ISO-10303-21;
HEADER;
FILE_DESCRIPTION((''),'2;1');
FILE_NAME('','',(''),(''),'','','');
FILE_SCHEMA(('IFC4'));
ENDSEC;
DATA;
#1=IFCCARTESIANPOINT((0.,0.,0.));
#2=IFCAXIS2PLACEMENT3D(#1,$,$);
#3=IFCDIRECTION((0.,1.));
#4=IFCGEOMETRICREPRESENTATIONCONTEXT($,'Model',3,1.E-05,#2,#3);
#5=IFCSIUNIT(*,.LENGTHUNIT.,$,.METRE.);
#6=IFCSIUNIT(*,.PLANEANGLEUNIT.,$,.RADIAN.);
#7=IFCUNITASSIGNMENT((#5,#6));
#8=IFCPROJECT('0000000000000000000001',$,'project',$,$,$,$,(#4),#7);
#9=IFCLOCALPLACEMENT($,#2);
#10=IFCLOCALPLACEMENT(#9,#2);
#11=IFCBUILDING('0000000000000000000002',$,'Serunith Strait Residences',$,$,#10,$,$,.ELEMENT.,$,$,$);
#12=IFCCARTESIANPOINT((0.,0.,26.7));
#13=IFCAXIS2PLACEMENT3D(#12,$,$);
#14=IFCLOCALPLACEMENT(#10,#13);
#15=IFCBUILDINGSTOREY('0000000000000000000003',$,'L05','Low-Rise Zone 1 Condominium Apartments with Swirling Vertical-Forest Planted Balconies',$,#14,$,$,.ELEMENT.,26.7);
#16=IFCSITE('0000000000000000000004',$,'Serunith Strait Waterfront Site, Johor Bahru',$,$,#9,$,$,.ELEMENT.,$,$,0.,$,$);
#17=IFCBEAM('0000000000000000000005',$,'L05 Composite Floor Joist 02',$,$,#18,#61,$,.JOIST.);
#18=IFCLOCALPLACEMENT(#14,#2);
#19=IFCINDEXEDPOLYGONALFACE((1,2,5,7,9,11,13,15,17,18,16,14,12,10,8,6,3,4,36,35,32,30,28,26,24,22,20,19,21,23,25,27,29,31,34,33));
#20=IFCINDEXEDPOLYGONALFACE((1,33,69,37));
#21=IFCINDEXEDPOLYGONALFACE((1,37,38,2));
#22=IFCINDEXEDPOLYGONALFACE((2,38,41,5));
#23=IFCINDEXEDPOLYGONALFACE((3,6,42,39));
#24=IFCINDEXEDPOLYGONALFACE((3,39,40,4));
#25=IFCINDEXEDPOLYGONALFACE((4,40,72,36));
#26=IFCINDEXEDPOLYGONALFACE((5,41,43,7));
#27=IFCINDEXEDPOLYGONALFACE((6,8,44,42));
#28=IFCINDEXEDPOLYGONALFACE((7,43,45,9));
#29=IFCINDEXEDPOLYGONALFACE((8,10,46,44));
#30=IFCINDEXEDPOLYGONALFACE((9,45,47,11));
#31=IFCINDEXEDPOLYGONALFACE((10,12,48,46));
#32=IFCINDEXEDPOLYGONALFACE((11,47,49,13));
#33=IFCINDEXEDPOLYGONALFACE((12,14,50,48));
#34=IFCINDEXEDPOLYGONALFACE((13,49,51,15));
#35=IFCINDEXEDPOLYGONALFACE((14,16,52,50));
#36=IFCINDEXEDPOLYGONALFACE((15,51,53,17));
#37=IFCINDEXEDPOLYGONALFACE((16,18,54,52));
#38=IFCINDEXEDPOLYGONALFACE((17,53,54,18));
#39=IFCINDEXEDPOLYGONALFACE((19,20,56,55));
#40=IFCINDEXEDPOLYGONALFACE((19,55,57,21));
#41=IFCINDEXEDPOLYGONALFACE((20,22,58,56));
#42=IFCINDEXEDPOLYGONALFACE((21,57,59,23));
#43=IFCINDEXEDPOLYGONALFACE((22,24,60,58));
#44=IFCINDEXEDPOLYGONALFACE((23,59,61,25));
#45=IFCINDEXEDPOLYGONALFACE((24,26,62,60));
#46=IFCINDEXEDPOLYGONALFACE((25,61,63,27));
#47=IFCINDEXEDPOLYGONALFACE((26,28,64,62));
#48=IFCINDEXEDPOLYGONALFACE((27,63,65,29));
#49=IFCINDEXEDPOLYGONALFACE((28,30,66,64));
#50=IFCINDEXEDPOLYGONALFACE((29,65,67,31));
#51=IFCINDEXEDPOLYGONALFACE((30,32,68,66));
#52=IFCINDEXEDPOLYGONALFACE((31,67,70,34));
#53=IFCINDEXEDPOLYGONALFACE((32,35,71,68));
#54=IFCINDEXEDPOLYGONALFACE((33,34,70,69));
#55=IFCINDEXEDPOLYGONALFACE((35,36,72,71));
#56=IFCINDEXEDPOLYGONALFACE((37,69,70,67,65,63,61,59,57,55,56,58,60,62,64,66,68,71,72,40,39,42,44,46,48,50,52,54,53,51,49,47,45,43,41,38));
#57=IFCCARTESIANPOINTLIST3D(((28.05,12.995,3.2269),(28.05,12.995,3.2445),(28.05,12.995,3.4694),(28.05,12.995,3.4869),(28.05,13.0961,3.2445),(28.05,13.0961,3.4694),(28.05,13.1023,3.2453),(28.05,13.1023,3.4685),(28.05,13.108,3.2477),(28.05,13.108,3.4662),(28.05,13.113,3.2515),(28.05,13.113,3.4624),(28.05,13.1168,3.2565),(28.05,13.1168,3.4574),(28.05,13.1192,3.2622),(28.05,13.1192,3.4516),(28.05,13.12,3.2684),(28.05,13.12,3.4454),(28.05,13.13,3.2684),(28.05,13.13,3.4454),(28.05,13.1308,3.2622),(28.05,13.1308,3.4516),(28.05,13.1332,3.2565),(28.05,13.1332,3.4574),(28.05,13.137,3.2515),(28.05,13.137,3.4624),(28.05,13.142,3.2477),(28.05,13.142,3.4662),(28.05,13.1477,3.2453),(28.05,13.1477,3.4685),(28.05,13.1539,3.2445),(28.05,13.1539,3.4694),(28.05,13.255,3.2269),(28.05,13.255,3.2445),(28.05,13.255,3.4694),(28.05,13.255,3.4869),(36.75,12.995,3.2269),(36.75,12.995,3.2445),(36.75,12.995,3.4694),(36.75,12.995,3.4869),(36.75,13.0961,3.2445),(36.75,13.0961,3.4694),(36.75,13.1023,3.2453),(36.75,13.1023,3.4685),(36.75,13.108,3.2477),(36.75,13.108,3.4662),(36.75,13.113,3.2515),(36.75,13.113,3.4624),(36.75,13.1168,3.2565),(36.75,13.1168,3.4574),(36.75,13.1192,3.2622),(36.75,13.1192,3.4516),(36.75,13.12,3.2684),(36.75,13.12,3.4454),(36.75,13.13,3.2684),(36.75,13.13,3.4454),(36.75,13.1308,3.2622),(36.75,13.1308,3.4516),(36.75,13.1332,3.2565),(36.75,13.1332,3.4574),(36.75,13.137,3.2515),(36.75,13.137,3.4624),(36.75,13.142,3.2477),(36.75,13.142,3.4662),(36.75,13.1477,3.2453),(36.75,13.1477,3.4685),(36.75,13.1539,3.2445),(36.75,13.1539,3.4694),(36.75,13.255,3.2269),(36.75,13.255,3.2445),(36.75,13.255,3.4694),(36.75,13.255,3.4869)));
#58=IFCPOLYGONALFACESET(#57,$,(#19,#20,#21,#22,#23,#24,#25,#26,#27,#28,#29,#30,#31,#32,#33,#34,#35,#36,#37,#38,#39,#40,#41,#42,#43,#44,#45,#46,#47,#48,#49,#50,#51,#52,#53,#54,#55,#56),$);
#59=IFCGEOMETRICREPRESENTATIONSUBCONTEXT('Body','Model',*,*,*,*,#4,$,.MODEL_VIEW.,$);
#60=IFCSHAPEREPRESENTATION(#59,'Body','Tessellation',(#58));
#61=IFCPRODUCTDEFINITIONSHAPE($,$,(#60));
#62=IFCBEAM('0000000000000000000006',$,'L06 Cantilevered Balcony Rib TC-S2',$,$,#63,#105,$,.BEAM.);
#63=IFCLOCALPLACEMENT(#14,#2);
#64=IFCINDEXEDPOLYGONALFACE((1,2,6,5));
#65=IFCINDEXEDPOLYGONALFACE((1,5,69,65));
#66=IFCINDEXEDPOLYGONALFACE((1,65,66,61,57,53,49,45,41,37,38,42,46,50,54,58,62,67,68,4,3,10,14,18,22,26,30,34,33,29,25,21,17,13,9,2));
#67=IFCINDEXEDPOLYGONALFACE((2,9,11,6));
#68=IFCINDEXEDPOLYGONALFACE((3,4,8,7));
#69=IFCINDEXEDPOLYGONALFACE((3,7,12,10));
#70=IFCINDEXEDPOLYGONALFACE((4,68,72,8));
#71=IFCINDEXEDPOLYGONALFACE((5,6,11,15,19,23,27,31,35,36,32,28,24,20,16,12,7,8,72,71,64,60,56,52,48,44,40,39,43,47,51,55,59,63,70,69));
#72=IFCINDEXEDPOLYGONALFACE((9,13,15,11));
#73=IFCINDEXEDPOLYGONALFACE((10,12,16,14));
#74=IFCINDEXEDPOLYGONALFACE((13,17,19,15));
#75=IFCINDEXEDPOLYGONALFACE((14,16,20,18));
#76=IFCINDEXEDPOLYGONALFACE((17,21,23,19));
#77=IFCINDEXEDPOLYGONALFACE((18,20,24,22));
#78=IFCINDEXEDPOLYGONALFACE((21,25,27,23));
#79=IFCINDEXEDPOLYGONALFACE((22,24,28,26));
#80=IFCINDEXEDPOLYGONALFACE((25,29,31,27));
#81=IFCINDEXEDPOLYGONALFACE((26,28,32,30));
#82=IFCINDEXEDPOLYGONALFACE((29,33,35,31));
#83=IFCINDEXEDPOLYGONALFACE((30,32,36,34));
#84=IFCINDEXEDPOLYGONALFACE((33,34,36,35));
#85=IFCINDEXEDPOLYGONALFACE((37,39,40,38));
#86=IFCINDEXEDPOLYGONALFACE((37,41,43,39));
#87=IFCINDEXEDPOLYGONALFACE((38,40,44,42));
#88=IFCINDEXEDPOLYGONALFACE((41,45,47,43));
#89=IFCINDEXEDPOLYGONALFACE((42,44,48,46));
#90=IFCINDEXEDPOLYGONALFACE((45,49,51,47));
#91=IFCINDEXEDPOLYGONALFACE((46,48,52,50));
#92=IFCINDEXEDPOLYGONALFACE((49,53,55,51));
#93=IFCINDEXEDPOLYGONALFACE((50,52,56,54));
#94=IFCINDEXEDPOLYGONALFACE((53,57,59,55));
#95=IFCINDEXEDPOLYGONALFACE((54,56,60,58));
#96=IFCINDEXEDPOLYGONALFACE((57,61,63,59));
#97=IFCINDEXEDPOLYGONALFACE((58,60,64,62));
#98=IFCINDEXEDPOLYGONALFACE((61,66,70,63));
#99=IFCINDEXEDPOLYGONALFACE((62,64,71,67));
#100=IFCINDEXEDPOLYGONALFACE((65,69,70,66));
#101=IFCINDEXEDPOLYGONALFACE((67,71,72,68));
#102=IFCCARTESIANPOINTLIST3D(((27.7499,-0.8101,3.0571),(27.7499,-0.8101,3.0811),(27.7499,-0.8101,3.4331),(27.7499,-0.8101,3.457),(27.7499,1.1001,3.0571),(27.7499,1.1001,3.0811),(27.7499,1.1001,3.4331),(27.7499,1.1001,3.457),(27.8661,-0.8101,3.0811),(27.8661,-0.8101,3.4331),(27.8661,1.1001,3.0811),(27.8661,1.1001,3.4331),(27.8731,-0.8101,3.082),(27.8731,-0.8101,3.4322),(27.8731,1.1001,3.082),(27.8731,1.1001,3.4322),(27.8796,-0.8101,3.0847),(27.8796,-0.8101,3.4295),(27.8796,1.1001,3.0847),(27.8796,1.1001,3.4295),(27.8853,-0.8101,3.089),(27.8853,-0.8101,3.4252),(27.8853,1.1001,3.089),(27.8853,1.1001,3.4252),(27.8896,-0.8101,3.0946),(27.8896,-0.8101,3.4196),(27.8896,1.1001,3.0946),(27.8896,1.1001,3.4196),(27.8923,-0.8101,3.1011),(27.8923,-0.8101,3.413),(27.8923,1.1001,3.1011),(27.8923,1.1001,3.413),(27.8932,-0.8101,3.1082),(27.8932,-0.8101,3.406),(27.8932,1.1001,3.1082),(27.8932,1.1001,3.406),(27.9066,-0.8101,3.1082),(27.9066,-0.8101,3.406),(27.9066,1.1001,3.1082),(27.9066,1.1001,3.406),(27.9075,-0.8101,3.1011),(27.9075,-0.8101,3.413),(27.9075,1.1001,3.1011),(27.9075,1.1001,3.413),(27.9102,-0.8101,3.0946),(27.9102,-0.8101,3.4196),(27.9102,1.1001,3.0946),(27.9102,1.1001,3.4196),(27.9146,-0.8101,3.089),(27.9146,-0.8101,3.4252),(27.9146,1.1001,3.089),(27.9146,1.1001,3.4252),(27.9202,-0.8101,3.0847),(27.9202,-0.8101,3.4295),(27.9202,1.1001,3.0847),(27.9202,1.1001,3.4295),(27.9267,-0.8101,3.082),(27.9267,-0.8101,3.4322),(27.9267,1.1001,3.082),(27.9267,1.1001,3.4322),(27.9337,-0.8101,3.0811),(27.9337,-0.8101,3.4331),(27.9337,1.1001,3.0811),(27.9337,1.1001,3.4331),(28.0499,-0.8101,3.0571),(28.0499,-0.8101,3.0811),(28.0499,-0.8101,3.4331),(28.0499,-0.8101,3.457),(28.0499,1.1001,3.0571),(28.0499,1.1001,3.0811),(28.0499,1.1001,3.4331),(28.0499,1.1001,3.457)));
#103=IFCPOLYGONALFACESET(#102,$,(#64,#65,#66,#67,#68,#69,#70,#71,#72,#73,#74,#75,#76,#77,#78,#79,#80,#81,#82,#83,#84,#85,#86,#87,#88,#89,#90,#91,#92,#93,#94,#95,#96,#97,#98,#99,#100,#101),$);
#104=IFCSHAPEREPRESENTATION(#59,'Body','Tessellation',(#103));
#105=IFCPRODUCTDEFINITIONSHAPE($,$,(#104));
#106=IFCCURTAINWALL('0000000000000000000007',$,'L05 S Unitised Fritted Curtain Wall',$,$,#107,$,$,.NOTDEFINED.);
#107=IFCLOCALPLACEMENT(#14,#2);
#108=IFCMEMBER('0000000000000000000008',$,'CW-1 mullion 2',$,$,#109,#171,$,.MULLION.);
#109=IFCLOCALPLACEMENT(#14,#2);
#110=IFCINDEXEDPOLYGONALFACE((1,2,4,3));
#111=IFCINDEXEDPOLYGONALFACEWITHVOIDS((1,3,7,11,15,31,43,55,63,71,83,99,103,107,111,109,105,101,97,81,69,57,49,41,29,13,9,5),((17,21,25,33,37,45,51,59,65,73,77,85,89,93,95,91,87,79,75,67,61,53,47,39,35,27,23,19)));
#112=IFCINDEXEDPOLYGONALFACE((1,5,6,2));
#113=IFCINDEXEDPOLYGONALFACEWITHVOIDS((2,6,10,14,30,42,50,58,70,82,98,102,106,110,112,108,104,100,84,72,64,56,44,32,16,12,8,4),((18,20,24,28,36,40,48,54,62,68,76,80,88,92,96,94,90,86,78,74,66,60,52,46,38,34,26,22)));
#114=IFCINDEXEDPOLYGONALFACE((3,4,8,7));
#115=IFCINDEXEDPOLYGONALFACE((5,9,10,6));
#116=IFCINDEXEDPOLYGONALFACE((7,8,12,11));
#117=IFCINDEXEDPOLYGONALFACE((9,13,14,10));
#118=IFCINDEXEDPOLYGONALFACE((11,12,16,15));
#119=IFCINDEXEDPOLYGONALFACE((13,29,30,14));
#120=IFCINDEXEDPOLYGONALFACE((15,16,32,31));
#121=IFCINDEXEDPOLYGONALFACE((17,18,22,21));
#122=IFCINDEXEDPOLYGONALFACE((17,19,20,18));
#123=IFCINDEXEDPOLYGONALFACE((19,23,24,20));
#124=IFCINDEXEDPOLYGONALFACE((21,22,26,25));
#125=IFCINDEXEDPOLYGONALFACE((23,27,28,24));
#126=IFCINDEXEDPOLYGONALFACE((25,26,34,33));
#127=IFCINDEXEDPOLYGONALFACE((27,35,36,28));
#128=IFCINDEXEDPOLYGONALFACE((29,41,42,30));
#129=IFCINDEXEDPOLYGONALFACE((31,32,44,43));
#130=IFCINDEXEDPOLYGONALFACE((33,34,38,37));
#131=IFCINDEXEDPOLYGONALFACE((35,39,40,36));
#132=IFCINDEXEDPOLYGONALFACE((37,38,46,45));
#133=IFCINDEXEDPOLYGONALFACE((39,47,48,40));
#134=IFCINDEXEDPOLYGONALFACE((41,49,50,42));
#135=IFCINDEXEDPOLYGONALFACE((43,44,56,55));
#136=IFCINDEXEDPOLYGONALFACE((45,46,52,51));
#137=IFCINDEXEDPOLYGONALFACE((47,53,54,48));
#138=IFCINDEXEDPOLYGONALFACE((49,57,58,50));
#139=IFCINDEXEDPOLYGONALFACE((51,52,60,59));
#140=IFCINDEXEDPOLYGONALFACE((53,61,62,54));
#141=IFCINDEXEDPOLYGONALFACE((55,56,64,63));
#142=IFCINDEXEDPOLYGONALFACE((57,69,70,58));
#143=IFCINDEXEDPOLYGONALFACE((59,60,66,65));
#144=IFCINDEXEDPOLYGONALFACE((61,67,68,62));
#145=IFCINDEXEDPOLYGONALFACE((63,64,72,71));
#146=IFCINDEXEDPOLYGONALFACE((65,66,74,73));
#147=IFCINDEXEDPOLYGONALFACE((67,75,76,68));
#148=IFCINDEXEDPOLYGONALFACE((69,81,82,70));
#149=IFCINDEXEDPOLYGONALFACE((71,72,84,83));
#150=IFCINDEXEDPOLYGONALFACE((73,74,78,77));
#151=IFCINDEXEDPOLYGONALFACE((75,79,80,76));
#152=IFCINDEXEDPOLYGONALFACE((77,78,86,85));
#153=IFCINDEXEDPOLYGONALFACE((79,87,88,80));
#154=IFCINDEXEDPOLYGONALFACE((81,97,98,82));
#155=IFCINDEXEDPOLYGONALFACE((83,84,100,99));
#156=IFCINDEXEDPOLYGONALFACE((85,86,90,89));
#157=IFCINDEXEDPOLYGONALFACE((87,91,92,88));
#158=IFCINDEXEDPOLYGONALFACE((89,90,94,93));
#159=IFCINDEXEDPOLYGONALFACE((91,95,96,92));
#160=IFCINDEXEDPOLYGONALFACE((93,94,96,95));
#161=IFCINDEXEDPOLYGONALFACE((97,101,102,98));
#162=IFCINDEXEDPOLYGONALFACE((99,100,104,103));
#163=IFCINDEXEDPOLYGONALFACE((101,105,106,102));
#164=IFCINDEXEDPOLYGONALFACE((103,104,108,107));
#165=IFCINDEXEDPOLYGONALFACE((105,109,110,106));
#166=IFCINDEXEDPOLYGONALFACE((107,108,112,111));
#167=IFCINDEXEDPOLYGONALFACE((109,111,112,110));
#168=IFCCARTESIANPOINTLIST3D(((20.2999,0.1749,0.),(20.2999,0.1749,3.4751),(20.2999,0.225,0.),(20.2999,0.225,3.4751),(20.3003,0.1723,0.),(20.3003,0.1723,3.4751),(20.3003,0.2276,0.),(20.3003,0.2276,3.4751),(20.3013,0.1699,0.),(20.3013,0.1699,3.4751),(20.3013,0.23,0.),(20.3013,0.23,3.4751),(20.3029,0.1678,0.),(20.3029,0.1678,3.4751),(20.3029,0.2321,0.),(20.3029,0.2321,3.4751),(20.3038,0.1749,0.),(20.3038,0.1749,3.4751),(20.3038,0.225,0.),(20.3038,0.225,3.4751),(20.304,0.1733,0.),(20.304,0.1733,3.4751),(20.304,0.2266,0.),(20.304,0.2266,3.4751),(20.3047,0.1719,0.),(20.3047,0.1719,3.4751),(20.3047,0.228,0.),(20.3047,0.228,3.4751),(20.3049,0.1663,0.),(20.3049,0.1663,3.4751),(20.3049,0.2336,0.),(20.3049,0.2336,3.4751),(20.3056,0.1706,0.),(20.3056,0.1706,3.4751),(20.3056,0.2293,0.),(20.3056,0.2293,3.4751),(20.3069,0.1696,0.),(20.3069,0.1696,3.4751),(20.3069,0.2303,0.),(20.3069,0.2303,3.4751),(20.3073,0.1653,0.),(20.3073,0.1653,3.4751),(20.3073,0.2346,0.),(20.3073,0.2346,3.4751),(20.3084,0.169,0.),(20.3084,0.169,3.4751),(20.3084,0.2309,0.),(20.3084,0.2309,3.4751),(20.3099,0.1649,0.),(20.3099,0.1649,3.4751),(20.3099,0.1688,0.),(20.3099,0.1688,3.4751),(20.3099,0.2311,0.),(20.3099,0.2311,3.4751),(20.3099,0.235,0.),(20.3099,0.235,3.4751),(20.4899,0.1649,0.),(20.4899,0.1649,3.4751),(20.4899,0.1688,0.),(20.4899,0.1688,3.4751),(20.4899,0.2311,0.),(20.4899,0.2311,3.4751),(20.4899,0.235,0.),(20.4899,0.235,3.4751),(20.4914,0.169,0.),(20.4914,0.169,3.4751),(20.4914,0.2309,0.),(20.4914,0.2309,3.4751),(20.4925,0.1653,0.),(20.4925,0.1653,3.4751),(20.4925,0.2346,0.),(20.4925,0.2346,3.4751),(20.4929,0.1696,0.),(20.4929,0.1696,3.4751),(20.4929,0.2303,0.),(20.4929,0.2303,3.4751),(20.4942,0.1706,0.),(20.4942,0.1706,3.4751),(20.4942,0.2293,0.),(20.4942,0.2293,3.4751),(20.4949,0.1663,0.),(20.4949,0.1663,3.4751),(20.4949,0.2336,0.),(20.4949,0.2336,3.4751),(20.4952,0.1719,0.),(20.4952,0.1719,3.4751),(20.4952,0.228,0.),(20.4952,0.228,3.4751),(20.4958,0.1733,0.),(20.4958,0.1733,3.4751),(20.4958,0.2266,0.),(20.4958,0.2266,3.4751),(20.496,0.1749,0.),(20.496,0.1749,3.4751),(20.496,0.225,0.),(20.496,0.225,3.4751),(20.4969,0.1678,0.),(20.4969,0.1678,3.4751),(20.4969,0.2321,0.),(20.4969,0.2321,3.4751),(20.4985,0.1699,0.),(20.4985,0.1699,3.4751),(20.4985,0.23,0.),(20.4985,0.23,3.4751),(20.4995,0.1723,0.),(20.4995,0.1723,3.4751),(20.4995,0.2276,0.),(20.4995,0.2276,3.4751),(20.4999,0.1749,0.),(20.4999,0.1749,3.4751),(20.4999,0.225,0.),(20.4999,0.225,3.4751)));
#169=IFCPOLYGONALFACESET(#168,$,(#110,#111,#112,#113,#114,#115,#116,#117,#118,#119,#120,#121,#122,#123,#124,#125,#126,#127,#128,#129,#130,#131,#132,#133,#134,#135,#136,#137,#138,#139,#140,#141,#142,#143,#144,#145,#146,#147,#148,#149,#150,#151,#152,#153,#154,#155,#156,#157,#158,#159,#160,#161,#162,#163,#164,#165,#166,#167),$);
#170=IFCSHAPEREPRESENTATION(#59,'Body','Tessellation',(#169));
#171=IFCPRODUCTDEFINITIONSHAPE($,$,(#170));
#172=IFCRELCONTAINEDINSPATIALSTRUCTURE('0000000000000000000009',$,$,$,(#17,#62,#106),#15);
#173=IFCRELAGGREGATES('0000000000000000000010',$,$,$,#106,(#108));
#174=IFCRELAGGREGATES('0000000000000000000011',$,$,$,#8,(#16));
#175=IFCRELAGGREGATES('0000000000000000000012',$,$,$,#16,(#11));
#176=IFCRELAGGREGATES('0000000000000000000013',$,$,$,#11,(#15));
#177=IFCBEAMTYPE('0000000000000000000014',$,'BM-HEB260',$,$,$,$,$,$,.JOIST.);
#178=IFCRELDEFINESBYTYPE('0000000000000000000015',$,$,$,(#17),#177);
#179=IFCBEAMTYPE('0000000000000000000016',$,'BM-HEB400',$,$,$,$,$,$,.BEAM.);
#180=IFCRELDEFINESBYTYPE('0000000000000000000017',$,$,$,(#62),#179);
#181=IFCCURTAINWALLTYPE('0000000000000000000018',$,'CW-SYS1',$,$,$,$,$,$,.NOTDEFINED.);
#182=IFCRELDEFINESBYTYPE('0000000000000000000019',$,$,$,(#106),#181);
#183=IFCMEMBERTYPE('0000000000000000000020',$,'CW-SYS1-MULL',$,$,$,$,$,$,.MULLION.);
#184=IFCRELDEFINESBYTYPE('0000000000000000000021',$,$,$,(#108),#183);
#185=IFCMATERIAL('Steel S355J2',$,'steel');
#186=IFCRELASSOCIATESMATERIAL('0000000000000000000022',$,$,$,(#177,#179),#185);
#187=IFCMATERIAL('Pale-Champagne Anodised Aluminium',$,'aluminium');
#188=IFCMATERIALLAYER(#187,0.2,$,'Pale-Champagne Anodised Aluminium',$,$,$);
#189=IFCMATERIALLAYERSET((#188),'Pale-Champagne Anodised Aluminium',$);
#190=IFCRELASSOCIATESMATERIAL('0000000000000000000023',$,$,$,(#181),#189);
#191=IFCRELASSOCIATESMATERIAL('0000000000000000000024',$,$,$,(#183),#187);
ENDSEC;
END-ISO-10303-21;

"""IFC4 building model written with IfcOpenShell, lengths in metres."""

from ifc_helpers import new_model, si_unit, direction, frame, origin, origin_2d, place, context, subcontext, project, spatial, hollow_rectangle, i_section, extrude, source, transform, mapped, material, layer, layer_set, material_profile, profile_set, type_object, element, aggregate, save


model = new_model("IFC4")

# Units and contexts
model_context = context("Model", 3, precision=1e-05, world=origin(), true_north=direction((0.0, 1.0)))
body_context = subcontext(model_context, "Body", "Model", "MODEL_VIEW")
ifc_project = project(units=[si_unit("LENGTHUNIT", "METRE"), si_unit("PLANEANGLEUNIT", "RADIAN")], contexts=[model_context])

# Site, building, storey
site_placement = place(None, origin())
site = spatial("IfcSite", under=ifc_project, at=site_placement, Name="Serunith Strait Waterfront Site, Johor Bahru", CompositionType="ELEMENT", RefElevation=0.0)
building_placement = place(site_placement, origin())
building = spatial("IfcBuilding", under=site, at=building_placement, Name="Serunith Strait Residences", CompositionType="ELEMENT")
storey_placement = place(building_placement, frame((0.0, 0.0, 26.7)))
storey = spatial("IfcBuildingStorey", under=building, at=storey_placement, Name="L05", Description="Low-Rise Zone 1 Condominium Apartments with Swirling Vertical-Forest Planted Balconies", CompositionType="ELEMENT", Elevation=26.7)

# Beams
ifc_material_1 = material(Name="Steel S355J2", Category="steel")
ifc_material_profile_1 = material_profile(ifc_material_1, i_section(OverallWidth=0.26, OverallDepth=0.26, WebThickness=0.01, FlangeThickness=0.0176, FilletRadius=0.0239, at=origin_2d()), Name="HEB 260")
ifc_profile_set_1 = profile_set([ifc_material_profile_1], Name="Steel S355J2")
beam_type_1 = type_object("IfcBeamType", Name="BM-HEB260", PredefinedType="JOIST", material=ifc_profile_set_1)
shared_shape_1 = source(origin(), body_context, "Body", "SweptSolid", [
    extrude(i_section(OverallWidth=0.26, OverallDepth=0.26, WebThickness=0.01, FlangeThickness=0.0176, FilletRadius=0.0239, at=origin_2d()), origin(), (0.0, 0.0, 1.0), 8.7),
])
beam_1_placement = place(storey_placement, frame((28.05, 13.125, 3.3569), z_axis=(1.0, 0.0, 0.0), x_axis=(0.0, 1.0, 0.0)))
element("IfcBeam", 1, at=beam_1_placement, inside=storey, type_object=beam_type_1, Name="L05 Composite Floor Joist 02", PredefinedType="JOIST", context=body_context, shape_type="MappedRepresentation", body=[
    mapped(shared_shape_1, transform((0.0, 0.0, 0.0), scale=1.0)),
])
ifc_material_profile_2 = material_profile(ifc_material_1, i_section(OverallWidth=0.3, OverallDepth=0.3999, WebThickness=0.0134, FlangeThickness=0.0239, FilletRadius=0.0271, at=origin_2d()), Name="HEB 400")
ifc_profile_set_2 = profile_set([ifc_material_profile_2], Name="Steel S355J2")
beam_type_2 = type_object("IfcBeamType", Name="BM-HEB400", PredefinedType="BEAM", material=ifc_profile_set_2)
shared_shape_2 = source(origin(), body_context, "Body", "SweptSolid", [
    extrude(i_section(OverallWidth=0.3, OverallDepth=0.3999, WebThickness=0.0134, FlangeThickness=0.0239, FilletRadius=0.0271, at=origin_2d()), origin(), (0.0, 0.0, 1.0), 1.9102),
])
beam_2_placement = place(storey_placement, frame((27.8999, 1.1001, 3.2571), z_axis=(0.0, -1.0, 0.0), x_axis=(1.0, 0.0, 0.0)))
element("IfcBeam", 2, at=beam_2_placement, inside=storey, type_object=beam_type_2, Name="L06 Cantilevered Balcony Rib TC-S2", PredefinedType="BEAM", context=body_context, shape_type="MappedRepresentation", body=[
    mapped(shared_shape_2, transform((0.0, 0.0, 0.0), scale=1.0)),
])

# Curtain wall, member
ifc_material_2 = material(Name="Pale-Champagne Anodised Aluminium", Category="aluminium")
ifc_layer_1 = layer(ifc_material_2, 0.2, Name="Pale-Champagne Anodised Aluminium")
ifc_layer_set_1 = layer_set([ifc_layer_1], Name="Pale-Champagne Anodised Aluminium")
curtain_wall_type = type_object("IfcCurtainWallType", Name="CW-SYS1", PredefinedType="NOTDEFINED", material=ifc_layer_set_1)
curtain_wall_placement = place(storey_placement, origin())
curtain_wall = element("IfcCurtainWall", 3, at=curtain_wall_placement, inside=storey, type_object=curtain_wall_type, Name="L05 S Unitised Fritted Curtain Wall", PredefinedType="NOTDEFINED")
ifc_material_profile_3 = material_profile(ifc_material_2, hollow_rectangle(XDim=0.0701, YDim=0.2, WallThickness=0.0039, InnerFilletRadius=0.0061, OuterFilletRadius=0.01, at=origin_2d()), Name="ALU 200x70x4")
ifc_profile_set_3 = profile_set([ifc_material_profile_3], Name="Pale-Champagne Anodised Aluminium")
member_type_1 = type_object("IfcMemberType", Name="CW-SYS1-MULL", PredefinedType="MULLION", material=ifc_profile_set_3)
shared_shape_3 = source(origin(), body_context, "Body", "SweptSolid", [
    extrude(hollow_rectangle(XDim=0.0701, YDim=0.2, WallThickness=0.0039, InnerFilletRadius=0.0061, OuterFilletRadius=0.01, at=origin_2d()), origin(), (0.0, 0.0, 1.0), 3.4751),
])
member_1_placement = place(storey_placement, frame((20.3999, 0.2, 0.0), z_axis=(0.0, 0.0, 1.0), x_axis=(0.0, 1.0, 0.0)))
member_1 = element("IfcMember", 4, at=member_1_placement, type_object=member_type_1, Name="CW-1 mullion 2", PredefinedType="MULLION", context=body_context, shape_type="MappedRepresentation", body=[
    mapped(shared_shape_3, transform((0.0, 0.0, 0.0), scale=1.0)),
])
aggregate(curtain_wall, [member_1])

save(model, "model.ifc")
